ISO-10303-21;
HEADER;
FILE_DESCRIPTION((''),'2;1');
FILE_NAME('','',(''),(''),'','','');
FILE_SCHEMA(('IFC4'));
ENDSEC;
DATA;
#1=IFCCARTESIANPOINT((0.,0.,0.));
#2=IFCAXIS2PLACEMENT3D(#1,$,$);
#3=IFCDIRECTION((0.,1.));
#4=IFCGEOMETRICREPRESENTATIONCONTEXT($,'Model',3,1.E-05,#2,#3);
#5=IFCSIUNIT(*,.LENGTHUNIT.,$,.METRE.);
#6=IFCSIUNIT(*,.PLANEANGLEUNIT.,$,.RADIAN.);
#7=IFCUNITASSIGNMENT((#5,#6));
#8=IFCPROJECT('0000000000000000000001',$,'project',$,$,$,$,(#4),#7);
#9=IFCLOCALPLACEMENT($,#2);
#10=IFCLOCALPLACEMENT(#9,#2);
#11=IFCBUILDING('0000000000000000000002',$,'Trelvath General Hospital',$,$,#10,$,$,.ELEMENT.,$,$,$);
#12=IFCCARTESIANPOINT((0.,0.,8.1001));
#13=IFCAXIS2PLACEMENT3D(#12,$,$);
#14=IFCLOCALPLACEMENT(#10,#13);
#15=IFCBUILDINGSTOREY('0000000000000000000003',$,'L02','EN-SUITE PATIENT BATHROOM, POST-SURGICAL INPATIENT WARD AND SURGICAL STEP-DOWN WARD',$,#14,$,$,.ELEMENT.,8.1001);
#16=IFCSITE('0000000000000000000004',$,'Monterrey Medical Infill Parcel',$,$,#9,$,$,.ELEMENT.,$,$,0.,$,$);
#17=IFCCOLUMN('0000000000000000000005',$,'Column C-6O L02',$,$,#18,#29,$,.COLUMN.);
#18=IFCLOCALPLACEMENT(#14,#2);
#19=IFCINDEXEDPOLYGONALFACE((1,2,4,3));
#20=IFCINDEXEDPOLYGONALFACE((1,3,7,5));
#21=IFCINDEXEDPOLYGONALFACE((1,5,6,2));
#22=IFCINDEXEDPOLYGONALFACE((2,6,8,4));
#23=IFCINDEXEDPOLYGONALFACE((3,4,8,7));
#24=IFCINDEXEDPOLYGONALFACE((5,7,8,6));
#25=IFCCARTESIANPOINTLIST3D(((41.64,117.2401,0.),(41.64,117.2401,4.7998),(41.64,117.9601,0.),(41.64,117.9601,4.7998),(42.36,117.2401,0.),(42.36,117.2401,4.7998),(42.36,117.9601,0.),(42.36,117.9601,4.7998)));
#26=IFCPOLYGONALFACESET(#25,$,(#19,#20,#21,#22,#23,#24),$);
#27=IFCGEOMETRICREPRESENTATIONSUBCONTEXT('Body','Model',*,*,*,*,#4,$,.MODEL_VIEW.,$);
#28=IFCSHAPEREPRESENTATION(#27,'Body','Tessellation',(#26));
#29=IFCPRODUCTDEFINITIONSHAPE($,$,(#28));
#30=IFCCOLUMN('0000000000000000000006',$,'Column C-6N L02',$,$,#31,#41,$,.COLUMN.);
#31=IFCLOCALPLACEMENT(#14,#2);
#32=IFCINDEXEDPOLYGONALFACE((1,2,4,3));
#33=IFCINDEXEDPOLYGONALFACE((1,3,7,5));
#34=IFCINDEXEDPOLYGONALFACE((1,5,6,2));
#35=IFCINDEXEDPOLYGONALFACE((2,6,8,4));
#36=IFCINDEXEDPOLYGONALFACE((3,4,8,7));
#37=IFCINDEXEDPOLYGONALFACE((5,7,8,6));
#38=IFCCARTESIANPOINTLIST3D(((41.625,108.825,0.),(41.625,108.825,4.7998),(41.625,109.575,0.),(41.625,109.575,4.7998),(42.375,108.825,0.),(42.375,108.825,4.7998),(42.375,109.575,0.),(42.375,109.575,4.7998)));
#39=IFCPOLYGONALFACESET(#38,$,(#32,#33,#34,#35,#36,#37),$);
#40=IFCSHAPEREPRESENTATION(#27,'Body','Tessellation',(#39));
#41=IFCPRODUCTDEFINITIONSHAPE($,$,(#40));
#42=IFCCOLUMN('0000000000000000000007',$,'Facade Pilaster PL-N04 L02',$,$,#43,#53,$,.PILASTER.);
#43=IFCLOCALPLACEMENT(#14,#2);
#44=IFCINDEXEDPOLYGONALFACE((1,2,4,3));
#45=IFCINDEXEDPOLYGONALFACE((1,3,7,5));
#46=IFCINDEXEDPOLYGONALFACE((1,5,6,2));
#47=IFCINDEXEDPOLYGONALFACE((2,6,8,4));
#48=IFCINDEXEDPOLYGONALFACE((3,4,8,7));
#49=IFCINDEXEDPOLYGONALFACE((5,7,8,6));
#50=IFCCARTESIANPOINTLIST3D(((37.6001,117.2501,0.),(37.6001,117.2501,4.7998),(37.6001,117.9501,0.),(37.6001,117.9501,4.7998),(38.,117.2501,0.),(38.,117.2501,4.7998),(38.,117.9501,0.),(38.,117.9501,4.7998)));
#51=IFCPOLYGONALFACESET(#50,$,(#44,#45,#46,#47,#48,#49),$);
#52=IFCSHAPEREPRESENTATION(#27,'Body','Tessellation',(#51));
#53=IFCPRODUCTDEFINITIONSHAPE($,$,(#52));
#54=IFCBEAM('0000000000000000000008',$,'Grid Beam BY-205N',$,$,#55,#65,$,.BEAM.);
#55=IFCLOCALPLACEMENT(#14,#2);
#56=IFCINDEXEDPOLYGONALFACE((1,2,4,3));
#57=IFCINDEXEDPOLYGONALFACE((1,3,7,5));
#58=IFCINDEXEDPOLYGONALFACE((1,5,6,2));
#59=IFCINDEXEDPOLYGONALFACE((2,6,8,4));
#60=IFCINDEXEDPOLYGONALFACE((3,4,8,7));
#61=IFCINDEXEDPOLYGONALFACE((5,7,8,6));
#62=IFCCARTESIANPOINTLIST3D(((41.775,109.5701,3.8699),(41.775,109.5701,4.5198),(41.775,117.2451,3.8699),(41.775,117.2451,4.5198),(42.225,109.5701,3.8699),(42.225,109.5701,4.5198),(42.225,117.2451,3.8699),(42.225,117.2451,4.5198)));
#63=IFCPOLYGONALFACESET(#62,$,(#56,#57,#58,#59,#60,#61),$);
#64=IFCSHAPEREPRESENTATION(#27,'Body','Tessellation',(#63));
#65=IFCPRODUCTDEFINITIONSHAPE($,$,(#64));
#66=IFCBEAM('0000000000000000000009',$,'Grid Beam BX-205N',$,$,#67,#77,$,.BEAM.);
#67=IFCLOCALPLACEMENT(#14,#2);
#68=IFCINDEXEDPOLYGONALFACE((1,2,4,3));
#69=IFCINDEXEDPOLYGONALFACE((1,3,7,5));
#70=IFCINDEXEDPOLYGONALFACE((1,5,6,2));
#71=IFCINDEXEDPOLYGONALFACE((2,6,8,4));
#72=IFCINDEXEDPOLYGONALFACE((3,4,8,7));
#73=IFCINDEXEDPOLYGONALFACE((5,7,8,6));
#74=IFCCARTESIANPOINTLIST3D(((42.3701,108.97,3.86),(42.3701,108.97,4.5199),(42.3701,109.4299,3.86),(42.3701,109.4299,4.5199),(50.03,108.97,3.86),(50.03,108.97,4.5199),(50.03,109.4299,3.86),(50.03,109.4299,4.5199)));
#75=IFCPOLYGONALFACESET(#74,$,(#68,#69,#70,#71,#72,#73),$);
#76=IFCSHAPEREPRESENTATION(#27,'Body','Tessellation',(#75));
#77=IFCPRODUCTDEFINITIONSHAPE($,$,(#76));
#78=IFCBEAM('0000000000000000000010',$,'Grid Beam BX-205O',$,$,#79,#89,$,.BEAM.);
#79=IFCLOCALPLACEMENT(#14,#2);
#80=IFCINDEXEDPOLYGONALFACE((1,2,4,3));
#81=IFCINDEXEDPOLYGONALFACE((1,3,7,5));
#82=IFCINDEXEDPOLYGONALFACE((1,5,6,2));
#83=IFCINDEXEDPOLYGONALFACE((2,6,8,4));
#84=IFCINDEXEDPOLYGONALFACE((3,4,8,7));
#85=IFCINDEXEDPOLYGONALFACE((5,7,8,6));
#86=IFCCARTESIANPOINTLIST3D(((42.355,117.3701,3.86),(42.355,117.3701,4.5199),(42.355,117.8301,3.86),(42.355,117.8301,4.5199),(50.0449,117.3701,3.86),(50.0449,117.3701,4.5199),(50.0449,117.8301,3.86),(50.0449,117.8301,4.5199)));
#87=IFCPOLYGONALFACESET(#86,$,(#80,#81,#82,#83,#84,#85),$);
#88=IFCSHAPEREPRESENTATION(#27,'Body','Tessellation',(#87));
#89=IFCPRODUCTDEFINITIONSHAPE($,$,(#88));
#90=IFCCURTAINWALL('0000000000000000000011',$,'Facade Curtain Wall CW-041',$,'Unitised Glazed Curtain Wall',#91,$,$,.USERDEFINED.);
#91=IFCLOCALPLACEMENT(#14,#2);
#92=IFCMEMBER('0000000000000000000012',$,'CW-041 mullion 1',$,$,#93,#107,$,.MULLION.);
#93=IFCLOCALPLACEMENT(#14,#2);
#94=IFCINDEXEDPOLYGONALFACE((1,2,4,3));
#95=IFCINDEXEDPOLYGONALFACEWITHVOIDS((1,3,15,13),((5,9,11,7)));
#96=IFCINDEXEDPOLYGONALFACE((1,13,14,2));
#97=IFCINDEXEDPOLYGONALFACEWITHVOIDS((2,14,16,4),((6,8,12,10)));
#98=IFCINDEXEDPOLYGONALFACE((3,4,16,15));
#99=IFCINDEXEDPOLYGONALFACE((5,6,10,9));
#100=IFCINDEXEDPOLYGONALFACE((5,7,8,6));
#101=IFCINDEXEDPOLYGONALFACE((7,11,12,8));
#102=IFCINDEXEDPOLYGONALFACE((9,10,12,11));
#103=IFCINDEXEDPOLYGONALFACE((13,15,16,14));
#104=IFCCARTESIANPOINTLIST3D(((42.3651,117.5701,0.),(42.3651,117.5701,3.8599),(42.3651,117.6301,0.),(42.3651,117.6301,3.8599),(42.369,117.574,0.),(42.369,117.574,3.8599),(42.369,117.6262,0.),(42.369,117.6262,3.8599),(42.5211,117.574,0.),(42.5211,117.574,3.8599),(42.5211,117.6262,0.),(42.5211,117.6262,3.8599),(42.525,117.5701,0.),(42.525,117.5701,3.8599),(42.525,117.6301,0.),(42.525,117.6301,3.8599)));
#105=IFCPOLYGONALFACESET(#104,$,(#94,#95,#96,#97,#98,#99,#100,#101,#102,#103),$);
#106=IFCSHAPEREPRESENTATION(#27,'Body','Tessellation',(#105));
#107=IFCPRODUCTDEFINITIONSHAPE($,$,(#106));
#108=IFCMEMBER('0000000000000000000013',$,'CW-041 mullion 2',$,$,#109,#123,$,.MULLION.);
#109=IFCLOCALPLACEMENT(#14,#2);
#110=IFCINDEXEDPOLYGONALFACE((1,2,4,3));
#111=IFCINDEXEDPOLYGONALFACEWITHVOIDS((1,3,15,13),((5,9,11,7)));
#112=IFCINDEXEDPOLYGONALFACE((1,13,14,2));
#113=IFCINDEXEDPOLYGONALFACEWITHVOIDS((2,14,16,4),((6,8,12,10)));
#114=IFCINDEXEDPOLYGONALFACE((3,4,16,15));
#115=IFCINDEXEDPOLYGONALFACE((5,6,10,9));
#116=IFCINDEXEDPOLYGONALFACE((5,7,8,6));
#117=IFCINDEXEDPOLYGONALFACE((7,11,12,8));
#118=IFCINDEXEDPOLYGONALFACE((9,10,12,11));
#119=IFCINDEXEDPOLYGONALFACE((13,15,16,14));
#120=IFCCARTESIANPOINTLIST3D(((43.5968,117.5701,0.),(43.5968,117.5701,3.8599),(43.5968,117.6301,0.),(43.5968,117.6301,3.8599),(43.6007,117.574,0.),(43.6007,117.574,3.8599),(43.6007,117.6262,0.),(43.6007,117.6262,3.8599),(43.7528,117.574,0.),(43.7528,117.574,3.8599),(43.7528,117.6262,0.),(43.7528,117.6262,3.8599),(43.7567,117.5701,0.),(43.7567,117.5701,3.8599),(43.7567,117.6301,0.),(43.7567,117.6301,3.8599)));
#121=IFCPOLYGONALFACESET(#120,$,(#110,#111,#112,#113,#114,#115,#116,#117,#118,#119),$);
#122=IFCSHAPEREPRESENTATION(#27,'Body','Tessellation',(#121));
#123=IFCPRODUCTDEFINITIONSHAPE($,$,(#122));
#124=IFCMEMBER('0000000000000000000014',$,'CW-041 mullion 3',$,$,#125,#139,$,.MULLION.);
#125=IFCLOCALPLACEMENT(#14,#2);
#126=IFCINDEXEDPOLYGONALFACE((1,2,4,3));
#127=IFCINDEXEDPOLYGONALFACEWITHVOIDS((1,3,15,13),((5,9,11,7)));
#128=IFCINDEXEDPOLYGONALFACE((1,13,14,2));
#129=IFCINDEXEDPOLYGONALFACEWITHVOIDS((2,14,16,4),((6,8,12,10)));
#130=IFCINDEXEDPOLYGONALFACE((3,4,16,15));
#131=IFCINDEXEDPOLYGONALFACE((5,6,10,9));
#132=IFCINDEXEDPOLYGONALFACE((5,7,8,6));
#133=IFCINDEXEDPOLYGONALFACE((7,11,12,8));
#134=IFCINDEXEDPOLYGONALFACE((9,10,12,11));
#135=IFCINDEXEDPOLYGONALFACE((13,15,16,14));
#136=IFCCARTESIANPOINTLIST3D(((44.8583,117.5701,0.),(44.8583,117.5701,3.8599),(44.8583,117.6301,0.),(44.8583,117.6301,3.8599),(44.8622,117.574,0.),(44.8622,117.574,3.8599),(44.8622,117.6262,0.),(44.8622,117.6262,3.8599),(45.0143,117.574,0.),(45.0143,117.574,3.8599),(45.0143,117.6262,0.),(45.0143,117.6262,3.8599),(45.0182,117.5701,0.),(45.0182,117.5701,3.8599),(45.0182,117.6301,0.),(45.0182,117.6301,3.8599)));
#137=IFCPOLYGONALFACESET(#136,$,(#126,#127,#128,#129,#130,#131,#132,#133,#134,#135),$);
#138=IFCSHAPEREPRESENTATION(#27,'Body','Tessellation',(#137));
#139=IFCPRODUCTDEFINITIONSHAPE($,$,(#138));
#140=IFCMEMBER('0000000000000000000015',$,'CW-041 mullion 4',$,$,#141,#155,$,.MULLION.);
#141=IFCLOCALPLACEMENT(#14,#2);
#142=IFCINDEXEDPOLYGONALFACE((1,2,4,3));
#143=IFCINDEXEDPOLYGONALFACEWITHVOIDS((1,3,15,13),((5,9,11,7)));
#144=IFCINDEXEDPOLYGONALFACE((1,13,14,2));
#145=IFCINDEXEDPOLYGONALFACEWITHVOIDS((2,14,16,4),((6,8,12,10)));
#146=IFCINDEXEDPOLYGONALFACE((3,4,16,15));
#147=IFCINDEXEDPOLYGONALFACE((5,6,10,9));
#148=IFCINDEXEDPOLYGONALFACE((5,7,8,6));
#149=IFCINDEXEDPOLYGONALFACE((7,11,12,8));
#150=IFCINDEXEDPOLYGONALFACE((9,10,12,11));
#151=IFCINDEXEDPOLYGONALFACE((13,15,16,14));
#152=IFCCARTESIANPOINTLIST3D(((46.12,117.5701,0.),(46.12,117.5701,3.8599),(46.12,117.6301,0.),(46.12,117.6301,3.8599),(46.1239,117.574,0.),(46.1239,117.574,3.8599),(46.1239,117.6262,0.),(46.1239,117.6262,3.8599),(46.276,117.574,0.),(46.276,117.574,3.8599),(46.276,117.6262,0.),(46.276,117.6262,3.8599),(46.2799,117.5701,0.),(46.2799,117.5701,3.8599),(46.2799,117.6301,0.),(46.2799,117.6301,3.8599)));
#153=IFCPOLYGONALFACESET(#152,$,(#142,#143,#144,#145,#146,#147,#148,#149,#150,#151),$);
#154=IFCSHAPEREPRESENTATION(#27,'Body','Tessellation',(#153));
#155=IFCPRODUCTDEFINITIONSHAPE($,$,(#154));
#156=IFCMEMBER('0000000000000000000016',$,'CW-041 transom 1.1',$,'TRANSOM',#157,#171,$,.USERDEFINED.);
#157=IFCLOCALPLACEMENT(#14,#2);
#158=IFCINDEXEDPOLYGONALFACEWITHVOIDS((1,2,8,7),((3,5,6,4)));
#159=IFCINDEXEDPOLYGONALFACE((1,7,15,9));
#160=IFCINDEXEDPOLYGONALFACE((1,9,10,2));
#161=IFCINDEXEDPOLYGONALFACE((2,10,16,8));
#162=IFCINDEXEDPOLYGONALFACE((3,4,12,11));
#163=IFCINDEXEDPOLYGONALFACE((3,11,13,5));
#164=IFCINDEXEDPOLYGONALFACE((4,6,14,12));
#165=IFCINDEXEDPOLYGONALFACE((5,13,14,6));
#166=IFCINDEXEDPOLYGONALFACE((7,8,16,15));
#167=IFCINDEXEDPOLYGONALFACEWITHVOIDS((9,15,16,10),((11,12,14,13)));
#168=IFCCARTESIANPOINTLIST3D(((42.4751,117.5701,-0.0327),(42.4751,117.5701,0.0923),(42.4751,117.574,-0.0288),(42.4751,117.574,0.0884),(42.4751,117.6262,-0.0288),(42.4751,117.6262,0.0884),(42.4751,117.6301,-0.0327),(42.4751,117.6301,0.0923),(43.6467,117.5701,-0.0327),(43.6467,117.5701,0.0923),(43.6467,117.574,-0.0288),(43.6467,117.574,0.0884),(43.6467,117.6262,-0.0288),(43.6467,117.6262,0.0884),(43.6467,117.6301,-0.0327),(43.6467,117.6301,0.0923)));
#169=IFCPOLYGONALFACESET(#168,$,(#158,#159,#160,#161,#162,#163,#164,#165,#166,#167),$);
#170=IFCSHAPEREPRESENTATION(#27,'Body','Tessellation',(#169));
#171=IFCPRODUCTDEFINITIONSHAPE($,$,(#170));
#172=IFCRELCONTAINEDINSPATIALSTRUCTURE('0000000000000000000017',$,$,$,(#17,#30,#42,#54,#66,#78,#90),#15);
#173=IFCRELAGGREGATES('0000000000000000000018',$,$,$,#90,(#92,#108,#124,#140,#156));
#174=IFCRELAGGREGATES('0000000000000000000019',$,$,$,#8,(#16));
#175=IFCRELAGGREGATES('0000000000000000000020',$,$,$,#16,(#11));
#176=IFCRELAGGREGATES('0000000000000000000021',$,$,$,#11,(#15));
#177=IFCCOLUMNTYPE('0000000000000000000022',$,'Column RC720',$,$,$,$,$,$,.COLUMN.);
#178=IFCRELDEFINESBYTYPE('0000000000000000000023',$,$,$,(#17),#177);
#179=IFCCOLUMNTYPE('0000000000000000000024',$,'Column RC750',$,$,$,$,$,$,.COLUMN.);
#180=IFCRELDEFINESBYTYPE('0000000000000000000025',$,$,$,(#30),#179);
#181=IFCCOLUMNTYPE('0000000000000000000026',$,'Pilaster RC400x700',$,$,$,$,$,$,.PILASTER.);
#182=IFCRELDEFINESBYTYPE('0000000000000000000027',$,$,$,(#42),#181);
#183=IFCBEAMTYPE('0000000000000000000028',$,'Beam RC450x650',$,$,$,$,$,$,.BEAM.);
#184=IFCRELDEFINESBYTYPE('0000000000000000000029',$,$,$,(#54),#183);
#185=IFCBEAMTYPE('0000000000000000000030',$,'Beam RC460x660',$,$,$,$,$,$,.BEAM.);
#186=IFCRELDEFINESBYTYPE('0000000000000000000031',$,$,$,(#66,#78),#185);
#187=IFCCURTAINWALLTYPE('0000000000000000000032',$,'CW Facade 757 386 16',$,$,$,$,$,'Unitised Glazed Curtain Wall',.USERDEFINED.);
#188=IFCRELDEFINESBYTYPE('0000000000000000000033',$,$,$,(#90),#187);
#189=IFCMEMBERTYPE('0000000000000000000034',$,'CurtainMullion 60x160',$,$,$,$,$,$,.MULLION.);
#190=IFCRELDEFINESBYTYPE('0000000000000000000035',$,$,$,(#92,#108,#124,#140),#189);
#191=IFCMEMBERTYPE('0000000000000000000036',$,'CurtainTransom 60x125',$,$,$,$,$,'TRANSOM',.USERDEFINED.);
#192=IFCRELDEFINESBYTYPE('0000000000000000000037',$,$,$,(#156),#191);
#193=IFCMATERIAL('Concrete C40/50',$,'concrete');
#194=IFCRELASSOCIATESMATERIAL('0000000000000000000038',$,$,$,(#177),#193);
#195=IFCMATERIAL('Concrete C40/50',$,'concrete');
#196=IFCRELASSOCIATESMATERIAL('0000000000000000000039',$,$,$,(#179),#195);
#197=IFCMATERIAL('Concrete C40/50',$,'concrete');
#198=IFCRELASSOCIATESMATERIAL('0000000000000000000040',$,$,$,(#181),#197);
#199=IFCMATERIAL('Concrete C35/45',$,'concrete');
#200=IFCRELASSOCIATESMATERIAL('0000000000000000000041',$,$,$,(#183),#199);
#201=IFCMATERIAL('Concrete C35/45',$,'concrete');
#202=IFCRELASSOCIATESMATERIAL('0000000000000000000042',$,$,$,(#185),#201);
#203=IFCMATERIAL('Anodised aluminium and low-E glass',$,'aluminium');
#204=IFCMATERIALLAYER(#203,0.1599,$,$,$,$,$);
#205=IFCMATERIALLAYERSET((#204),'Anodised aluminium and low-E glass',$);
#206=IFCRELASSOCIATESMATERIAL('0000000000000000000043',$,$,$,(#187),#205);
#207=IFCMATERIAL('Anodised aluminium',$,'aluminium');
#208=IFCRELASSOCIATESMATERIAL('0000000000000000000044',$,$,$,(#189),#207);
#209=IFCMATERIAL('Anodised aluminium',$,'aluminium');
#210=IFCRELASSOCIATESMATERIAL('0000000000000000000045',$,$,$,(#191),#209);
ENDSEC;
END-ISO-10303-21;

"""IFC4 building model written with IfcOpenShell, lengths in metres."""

from ifc_helpers import new_model, si_unit, direction, frame, origin, origin_2d, place, context, subcontext, project, spatial, rectangle, hollow_rectangle, extrude, material, layer, layer_set, material_profile, profile_set, type_object, element, aggregate, save


model = new_model("IFC4")

# Units and contexts
model_context = context("Model", 3, precision=1e-05, world=origin(), true_north=direction((0.0, 1.0)))
body_context = subcontext(model_context, "Body", "Model", "MODEL_VIEW")
ifc_project = project(units=[si_unit("LENGTHUNIT", "METRE"), si_unit("PLANEANGLEUNIT", "RADIAN")], contexts=[model_context])

# Site, building, storey
site_placement = place(None, origin())
site = spatial("IfcSite", under=ifc_project, at=site_placement, Name="Monterrey Medical Infill Parcel", CompositionType="ELEMENT", RefElevation=0.0)
building_placement = place(site_placement, origin())
building = spatial("IfcBuilding", under=site, at=building_placement, Name="Trelvath General Hospital", CompositionType="ELEMENT")
storey_placement = place(building_placement, frame((0.0, 0.0, 8.1001)))
storey = spatial("IfcBuildingStorey", under=building, at=storey_placement, Name="L02", Description="EN-SUITE PATIENT BATHROOM, POST-SURGICAL INPATIENT WARD AND SURGICAL STEP-DOWN WARD", CompositionType="ELEMENT", Elevation=8.1001)

# Columns
ifc_material_1 = material(Name="Concrete C40/50", Category="concrete")
ifc_material_profile_1 = material_profile(ifc_material_1, rectangle(XDim=0.72, YDim=0.72, at=origin_2d()), Name="RC720x720")
ifc_profile_set_1 = profile_set([ifc_material_profile_1], Name="Concrete C40/50")
column_type_1 = type_object("IfcColumnType", Name="Column RC720", PredefinedType="COLUMN", material=ifc_profile_set_1)
column_1_placement = place(storey_placement, frame((42.0, 117.6001, 0.0), z_axis=(0.0, 0.0, 1.0), x_axis=(1.0, 0.0, 0.0)))
element("IfcColumn", 1, at=column_1_placement, inside=storey, type_object=column_type_1, Name="Column C-6O L02", PredefinedType="COLUMN", context=body_context, shape_type="SweptSolid", body=[
    extrude(rectangle(XDim=0.72, YDim=0.72, at=origin_2d()), origin(), (0.0, 0.0, 1.0), 4.7998),
])
ifc_material_2 = material(Name="Concrete C40/50", Category="concrete")
ifc_material_profile_2 = material_profile(ifc_material_2, rectangle(XDim=0.75, YDim=0.75, at=origin_2d()), Name="RC750x750")
ifc_profile_set_2 = profile_set([ifc_material_profile_2], Name="Concrete C40/50")
column_type_2 = type_object("IfcColumnType", Name="Column RC750", PredefinedType="COLUMN", material=ifc_profile_set_2)
column_2_placement = place(storey_placement, frame((42.0, 109.2, 0.0), z_axis=(0.0, 0.0, 1.0), x_axis=(1.0, 0.0, 0.0)))
element("IfcColumn", 2, at=column_2_placement, inside=storey, type_object=column_type_2, Name="Column C-6N L02", PredefinedType="COLUMN", context=body_context, shape_type="SweptSolid", body=[
    extrude(rectangle(XDim=0.75, YDim=0.75, at=origin_2d()), origin(), (0.0, 0.0, 1.0), 4.7998),
])
ifc_material_3 = material(Name="Concrete C40/50", Category="concrete")
ifc_material_profile_3 = material_profile(ifc_material_3, rectangle(XDim=0.3999, YDim=0.7, at=origin_2d()), Name="RC400x700")
ifc_profile_set_3 = profile_set([ifc_material_profile_3], Name="Concrete C40/50")
column_type_3 = type_object("IfcColumnType", Name="Pilaster RC400x700", PredefinedType="PILASTER", material=ifc_profile_set_3)
column_3_placement = place(storey_placement, frame((37.8, 117.6001, 0.0), z_axis=(0.0, 0.0, 1.0), x_axis=(1.0, 0.0, 0.0)))
element("IfcColumn", 3, at=column_3_placement, inside=storey, type_object=column_type_3, Name="Facade Pilaster PL-N04 L02", PredefinedType="PILASTER", context=body_context, shape_type="SweptSolid", body=[
    extrude(rectangle(XDim=0.3999, YDim=0.7, at=origin_2d()), origin(), (0.0, 0.0, 1.0), 4.7998),
])

# Beams
ifc_material_4 = material(Name="Concrete C35/45", Category="concrete")
ifc_material_profile_4 = material_profile(ifc_material_4, rectangle(XDim=0.45, YDim=0.6499, at=origin_2d()), Name="RCB450x650")
ifc_profile_set_4 = profile_set([ifc_material_profile_4], Name="Concrete C35/45")
beam_type_1 = type_object("IfcBeamType", Name="Beam RC450x650", PredefinedType="BEAM", material=ifc_profile_set_4)
beam_1_placement = place(storey_placement, frame((42.0, 109.5701, 4.1948), z_axis=(0.0, 1.0, 0.0), x_axis=(-1.0, 0.0, 0.0)))
element("IfcBeam", 4, at=beam_1_placement, inside=storey, type_object=beam_type_1, Name="Grid Beam BY-205N", PredefinedType="BEAM", context=body_context, shape_type="SweptSolid", body=[
    extrude(rectangle(XDim=0.45, YDim=0.6499, at=origin_2d()), origin(), (0.0, 0.0, 1.0), 7.675),
])
ifc_material_5 = material(Name="Concrete C35/45", Category="concrete")
ifc_material_profile_5 = material_profile(ifc_material_5, rectangle(XDim=0.46, YDim=0.6599, at=origin_2d()), Name="RCB460x660")
ifc_profile_set_5 = profile_set([ifc_material_profile_5], Name="Concrete C35/45")
beam_type_2 = type_object("IfcBeamType", Name="Beam RC460x660", PredefinedType="BEAM", material=ifc_profile_set_5)
beam_2_placement = place(storey_placement, frame((42.3701, 109.2, 4.1899), z_axis=(1.0, 0.0, 0.0), x_axis=(0.0, 1.0, 0.0)))
element("IfcBeam", 5, at=beam_2_placement, inside=storey, type_object=beam_type_2, Name="Grid Beam BX-205N", PredefinedType="BEAM", context=body_context, shape_type="SweptSolid", body=[
    extrude(rectangle(XDim=0.46, YDim=0.6599, at=origin_2d()), origin(), (0.0, 0.0, 1.0), 7.6599),
])
beam_3_placement = place(storey_placement, frame((42.355, 117.6001, 4.1899), z_axis=(1.0, 0.0, 0.0), x_axis=(0.0, 1.0, 0.0)))
element("IfcBeam", 6, at=beam_3_placement, inside=storey, type_object=beam_type_2, Name="Grid Beam BX-205O", PredefinedType="BEAM", context=body_context, shape_type="SweptSolid", body=[
    extrude(rectangle(XDim=0.46, YDim=0.6599, at=origin_2d()), origin(), (0.0, 0.0, 1.0), 7.6899),
])

# Curtain wall, members
ifc_material_6 = material(Name="Anodised aluminium and low-E glass", Category="aluminium")
ifc_layer_1 = layer(ifc_material_6, 0.1599)
ifc_layer_set_1 = layer_set([ifc_layer_1], Name="Anodised aluminium and low-E glass")
curtain_wall_type = type_object("IfcCurtainWallType", Name="CW Facade 757 386 16", ElementType="Unitised Glazed Curtain Wall", PredefinedType="USERDEFINED", material=ifc_layer_set_1)
curtain_wall_placement = place(storey_placement, origin())
curtain_wall = element("IfcCurtainWall", 7, at=curtain_wall_placement, inside=storey, type_object=curtain_wall_type, Name="Facade Curtain Wall CW-041", ObjectType="Unitised Glazed Curtain Wall", PredefinedType="USERDEFINED")
ifc_material_7 = material(Name="Anodised aluminium", Category="aluminium")
ifc_material_profile_6 = material_profile(ifc_material_7, hollow_rectangle(XDim=0.0601, YDim=0.1599, WallThickness=0.0039, at=origin_2d()), Name="RHS60x160x4")
ifc_profile_set_6 = profile_set([ifc_material_profile_6], Name="Anodised aluminium")
member_type_1 = type_object("IfcMemberType", Name="CurtainMullion 60x160", PredefinedType="MULLION", material=ifc_profile_set_6)
member_1_placement = place(storey_placement, frame((42.4451, 117.6001, 0.0), z_axis=(0.0, 0.0, 1.0), x_axis=(0.0, 1.0, 0.0)))
member_1 = element("IfcMember", 8, at=member_1_placement, type_object=member_type_1, Name="CW-041 mullion 1", PredefinedType="MULLION", context=body_context, shape_type="SweptSolid", body=[
    extrude(hollow_rectangle(XDim=0.0601, YDim=0.1599, WallThickness=0.0039, at=origin_2d()), origin(), (0.0, 0.0, 1.0), 3.8599),
])
member_2_placement = place(storey_placement, frame((43.6768, 117.6001, 0.0), z_axis=(0.0, 0.0, 1.0), x_axis=(0.0, 1.0, 0.0)))
member_2 = element("IfcMember", 9, at=member_2_placement, type_object=member_type_1, Name="CW-041 mullion 2", PredefinedType="MULLION", context=body_context, shape_type="SweptSolid", body=[
    extrude(hollow_rectangle(XDim=0.0601, YDim=0.1599, WallThickness=0.0039, at=origin_2d()), origin(), (0.0, 0.0, 1.0), 3.8599),
])
member_3_placement = place(storey_placement, frame((44.9382, 117.6001, 0.0), z_axis=(0.0, 0.0, 1.0), x_axis=(0.0, 1.0, 0.0)))
member_3 = element("IfcMember", 10, at=member_3_placement, type_object=member_type_1, Name="CW-041 mullion 3", PredefinedType="MULLION", context=body_context, shape_type="SweptSolid", body=[
    extrude(hollow_rectangle(XDim=0.0601, YDim=0.1599, WallThickness=0.0039, at=origin_2d()), origin(), (0.0, 0.0, 1.0), 3.8599),
])
member_4_placement = place(storey_placement, frame((46.2, 117.6001, 0.0), z_axis=(0.0, 0.0, 1.0), x_axis=(0.0, 1.0, 0.0)))
member_4 = element("IfcMember", 11, at=member_4_placement, type_object=member_type_1, Name="CW-041 mullion 4", PredefinedType="MULLION", context=body_context, shape_type="SweptSolid", body=[
    extrude(hollow_rectangle(XDim=0.0601, YDim=0.1599, WallThickness=0.0039, at=origin_2d()), origin(), (0.0, 0.0, 1.0), 3.8599),
])
ifc_material_8 = material(Name="Anodised aluminium", Category="aluminium")
ifc_material_profile_7 = material_profile(ifc_material_8, hollow_rectangle(XDim=0.0601, YDim=0.125, WallThickness=0.0039, at=origin_2d()), Name="RHS60x125x4")
ifc_profile_set_7 = profile_set([ifc_material_profile_7], Name="Anodised aluminium")
member_type_2 = type_object("IfcMemberType", Name="CurtainTransom 60x125", ElementType="TRANSOM", PredefinedType="USERDEFINED", material=ifc_profile_set_7)
member_5_placement = place(storey_placement, frame((42.4751, 117.6001, 0.0298), z_axis=(1.0, 0.0, 0.0), x_axis=(0.0, 1.0, 0.0)))
member_5 = element("IfcMember", 12, at=member_5_placement, type_object=member_type_2, Name="CW-041 transom 1.1", ObjectType="TRANSOM", PredefinedType="USERDEFINED", context=body_context, shape_type="SweptSolid", body=[
    extrude(hollow_rectangle(XDim=0.0601, YDim=0.125, WallThickness=0.0039, at=origin_2d()), origin(), (0.0, 0.0, 1.0), 1.1716),
])
aggregate(curtain_wall, [member_1, member_2, member_3, member_4, member_5])

save(model, "model.ifc")
